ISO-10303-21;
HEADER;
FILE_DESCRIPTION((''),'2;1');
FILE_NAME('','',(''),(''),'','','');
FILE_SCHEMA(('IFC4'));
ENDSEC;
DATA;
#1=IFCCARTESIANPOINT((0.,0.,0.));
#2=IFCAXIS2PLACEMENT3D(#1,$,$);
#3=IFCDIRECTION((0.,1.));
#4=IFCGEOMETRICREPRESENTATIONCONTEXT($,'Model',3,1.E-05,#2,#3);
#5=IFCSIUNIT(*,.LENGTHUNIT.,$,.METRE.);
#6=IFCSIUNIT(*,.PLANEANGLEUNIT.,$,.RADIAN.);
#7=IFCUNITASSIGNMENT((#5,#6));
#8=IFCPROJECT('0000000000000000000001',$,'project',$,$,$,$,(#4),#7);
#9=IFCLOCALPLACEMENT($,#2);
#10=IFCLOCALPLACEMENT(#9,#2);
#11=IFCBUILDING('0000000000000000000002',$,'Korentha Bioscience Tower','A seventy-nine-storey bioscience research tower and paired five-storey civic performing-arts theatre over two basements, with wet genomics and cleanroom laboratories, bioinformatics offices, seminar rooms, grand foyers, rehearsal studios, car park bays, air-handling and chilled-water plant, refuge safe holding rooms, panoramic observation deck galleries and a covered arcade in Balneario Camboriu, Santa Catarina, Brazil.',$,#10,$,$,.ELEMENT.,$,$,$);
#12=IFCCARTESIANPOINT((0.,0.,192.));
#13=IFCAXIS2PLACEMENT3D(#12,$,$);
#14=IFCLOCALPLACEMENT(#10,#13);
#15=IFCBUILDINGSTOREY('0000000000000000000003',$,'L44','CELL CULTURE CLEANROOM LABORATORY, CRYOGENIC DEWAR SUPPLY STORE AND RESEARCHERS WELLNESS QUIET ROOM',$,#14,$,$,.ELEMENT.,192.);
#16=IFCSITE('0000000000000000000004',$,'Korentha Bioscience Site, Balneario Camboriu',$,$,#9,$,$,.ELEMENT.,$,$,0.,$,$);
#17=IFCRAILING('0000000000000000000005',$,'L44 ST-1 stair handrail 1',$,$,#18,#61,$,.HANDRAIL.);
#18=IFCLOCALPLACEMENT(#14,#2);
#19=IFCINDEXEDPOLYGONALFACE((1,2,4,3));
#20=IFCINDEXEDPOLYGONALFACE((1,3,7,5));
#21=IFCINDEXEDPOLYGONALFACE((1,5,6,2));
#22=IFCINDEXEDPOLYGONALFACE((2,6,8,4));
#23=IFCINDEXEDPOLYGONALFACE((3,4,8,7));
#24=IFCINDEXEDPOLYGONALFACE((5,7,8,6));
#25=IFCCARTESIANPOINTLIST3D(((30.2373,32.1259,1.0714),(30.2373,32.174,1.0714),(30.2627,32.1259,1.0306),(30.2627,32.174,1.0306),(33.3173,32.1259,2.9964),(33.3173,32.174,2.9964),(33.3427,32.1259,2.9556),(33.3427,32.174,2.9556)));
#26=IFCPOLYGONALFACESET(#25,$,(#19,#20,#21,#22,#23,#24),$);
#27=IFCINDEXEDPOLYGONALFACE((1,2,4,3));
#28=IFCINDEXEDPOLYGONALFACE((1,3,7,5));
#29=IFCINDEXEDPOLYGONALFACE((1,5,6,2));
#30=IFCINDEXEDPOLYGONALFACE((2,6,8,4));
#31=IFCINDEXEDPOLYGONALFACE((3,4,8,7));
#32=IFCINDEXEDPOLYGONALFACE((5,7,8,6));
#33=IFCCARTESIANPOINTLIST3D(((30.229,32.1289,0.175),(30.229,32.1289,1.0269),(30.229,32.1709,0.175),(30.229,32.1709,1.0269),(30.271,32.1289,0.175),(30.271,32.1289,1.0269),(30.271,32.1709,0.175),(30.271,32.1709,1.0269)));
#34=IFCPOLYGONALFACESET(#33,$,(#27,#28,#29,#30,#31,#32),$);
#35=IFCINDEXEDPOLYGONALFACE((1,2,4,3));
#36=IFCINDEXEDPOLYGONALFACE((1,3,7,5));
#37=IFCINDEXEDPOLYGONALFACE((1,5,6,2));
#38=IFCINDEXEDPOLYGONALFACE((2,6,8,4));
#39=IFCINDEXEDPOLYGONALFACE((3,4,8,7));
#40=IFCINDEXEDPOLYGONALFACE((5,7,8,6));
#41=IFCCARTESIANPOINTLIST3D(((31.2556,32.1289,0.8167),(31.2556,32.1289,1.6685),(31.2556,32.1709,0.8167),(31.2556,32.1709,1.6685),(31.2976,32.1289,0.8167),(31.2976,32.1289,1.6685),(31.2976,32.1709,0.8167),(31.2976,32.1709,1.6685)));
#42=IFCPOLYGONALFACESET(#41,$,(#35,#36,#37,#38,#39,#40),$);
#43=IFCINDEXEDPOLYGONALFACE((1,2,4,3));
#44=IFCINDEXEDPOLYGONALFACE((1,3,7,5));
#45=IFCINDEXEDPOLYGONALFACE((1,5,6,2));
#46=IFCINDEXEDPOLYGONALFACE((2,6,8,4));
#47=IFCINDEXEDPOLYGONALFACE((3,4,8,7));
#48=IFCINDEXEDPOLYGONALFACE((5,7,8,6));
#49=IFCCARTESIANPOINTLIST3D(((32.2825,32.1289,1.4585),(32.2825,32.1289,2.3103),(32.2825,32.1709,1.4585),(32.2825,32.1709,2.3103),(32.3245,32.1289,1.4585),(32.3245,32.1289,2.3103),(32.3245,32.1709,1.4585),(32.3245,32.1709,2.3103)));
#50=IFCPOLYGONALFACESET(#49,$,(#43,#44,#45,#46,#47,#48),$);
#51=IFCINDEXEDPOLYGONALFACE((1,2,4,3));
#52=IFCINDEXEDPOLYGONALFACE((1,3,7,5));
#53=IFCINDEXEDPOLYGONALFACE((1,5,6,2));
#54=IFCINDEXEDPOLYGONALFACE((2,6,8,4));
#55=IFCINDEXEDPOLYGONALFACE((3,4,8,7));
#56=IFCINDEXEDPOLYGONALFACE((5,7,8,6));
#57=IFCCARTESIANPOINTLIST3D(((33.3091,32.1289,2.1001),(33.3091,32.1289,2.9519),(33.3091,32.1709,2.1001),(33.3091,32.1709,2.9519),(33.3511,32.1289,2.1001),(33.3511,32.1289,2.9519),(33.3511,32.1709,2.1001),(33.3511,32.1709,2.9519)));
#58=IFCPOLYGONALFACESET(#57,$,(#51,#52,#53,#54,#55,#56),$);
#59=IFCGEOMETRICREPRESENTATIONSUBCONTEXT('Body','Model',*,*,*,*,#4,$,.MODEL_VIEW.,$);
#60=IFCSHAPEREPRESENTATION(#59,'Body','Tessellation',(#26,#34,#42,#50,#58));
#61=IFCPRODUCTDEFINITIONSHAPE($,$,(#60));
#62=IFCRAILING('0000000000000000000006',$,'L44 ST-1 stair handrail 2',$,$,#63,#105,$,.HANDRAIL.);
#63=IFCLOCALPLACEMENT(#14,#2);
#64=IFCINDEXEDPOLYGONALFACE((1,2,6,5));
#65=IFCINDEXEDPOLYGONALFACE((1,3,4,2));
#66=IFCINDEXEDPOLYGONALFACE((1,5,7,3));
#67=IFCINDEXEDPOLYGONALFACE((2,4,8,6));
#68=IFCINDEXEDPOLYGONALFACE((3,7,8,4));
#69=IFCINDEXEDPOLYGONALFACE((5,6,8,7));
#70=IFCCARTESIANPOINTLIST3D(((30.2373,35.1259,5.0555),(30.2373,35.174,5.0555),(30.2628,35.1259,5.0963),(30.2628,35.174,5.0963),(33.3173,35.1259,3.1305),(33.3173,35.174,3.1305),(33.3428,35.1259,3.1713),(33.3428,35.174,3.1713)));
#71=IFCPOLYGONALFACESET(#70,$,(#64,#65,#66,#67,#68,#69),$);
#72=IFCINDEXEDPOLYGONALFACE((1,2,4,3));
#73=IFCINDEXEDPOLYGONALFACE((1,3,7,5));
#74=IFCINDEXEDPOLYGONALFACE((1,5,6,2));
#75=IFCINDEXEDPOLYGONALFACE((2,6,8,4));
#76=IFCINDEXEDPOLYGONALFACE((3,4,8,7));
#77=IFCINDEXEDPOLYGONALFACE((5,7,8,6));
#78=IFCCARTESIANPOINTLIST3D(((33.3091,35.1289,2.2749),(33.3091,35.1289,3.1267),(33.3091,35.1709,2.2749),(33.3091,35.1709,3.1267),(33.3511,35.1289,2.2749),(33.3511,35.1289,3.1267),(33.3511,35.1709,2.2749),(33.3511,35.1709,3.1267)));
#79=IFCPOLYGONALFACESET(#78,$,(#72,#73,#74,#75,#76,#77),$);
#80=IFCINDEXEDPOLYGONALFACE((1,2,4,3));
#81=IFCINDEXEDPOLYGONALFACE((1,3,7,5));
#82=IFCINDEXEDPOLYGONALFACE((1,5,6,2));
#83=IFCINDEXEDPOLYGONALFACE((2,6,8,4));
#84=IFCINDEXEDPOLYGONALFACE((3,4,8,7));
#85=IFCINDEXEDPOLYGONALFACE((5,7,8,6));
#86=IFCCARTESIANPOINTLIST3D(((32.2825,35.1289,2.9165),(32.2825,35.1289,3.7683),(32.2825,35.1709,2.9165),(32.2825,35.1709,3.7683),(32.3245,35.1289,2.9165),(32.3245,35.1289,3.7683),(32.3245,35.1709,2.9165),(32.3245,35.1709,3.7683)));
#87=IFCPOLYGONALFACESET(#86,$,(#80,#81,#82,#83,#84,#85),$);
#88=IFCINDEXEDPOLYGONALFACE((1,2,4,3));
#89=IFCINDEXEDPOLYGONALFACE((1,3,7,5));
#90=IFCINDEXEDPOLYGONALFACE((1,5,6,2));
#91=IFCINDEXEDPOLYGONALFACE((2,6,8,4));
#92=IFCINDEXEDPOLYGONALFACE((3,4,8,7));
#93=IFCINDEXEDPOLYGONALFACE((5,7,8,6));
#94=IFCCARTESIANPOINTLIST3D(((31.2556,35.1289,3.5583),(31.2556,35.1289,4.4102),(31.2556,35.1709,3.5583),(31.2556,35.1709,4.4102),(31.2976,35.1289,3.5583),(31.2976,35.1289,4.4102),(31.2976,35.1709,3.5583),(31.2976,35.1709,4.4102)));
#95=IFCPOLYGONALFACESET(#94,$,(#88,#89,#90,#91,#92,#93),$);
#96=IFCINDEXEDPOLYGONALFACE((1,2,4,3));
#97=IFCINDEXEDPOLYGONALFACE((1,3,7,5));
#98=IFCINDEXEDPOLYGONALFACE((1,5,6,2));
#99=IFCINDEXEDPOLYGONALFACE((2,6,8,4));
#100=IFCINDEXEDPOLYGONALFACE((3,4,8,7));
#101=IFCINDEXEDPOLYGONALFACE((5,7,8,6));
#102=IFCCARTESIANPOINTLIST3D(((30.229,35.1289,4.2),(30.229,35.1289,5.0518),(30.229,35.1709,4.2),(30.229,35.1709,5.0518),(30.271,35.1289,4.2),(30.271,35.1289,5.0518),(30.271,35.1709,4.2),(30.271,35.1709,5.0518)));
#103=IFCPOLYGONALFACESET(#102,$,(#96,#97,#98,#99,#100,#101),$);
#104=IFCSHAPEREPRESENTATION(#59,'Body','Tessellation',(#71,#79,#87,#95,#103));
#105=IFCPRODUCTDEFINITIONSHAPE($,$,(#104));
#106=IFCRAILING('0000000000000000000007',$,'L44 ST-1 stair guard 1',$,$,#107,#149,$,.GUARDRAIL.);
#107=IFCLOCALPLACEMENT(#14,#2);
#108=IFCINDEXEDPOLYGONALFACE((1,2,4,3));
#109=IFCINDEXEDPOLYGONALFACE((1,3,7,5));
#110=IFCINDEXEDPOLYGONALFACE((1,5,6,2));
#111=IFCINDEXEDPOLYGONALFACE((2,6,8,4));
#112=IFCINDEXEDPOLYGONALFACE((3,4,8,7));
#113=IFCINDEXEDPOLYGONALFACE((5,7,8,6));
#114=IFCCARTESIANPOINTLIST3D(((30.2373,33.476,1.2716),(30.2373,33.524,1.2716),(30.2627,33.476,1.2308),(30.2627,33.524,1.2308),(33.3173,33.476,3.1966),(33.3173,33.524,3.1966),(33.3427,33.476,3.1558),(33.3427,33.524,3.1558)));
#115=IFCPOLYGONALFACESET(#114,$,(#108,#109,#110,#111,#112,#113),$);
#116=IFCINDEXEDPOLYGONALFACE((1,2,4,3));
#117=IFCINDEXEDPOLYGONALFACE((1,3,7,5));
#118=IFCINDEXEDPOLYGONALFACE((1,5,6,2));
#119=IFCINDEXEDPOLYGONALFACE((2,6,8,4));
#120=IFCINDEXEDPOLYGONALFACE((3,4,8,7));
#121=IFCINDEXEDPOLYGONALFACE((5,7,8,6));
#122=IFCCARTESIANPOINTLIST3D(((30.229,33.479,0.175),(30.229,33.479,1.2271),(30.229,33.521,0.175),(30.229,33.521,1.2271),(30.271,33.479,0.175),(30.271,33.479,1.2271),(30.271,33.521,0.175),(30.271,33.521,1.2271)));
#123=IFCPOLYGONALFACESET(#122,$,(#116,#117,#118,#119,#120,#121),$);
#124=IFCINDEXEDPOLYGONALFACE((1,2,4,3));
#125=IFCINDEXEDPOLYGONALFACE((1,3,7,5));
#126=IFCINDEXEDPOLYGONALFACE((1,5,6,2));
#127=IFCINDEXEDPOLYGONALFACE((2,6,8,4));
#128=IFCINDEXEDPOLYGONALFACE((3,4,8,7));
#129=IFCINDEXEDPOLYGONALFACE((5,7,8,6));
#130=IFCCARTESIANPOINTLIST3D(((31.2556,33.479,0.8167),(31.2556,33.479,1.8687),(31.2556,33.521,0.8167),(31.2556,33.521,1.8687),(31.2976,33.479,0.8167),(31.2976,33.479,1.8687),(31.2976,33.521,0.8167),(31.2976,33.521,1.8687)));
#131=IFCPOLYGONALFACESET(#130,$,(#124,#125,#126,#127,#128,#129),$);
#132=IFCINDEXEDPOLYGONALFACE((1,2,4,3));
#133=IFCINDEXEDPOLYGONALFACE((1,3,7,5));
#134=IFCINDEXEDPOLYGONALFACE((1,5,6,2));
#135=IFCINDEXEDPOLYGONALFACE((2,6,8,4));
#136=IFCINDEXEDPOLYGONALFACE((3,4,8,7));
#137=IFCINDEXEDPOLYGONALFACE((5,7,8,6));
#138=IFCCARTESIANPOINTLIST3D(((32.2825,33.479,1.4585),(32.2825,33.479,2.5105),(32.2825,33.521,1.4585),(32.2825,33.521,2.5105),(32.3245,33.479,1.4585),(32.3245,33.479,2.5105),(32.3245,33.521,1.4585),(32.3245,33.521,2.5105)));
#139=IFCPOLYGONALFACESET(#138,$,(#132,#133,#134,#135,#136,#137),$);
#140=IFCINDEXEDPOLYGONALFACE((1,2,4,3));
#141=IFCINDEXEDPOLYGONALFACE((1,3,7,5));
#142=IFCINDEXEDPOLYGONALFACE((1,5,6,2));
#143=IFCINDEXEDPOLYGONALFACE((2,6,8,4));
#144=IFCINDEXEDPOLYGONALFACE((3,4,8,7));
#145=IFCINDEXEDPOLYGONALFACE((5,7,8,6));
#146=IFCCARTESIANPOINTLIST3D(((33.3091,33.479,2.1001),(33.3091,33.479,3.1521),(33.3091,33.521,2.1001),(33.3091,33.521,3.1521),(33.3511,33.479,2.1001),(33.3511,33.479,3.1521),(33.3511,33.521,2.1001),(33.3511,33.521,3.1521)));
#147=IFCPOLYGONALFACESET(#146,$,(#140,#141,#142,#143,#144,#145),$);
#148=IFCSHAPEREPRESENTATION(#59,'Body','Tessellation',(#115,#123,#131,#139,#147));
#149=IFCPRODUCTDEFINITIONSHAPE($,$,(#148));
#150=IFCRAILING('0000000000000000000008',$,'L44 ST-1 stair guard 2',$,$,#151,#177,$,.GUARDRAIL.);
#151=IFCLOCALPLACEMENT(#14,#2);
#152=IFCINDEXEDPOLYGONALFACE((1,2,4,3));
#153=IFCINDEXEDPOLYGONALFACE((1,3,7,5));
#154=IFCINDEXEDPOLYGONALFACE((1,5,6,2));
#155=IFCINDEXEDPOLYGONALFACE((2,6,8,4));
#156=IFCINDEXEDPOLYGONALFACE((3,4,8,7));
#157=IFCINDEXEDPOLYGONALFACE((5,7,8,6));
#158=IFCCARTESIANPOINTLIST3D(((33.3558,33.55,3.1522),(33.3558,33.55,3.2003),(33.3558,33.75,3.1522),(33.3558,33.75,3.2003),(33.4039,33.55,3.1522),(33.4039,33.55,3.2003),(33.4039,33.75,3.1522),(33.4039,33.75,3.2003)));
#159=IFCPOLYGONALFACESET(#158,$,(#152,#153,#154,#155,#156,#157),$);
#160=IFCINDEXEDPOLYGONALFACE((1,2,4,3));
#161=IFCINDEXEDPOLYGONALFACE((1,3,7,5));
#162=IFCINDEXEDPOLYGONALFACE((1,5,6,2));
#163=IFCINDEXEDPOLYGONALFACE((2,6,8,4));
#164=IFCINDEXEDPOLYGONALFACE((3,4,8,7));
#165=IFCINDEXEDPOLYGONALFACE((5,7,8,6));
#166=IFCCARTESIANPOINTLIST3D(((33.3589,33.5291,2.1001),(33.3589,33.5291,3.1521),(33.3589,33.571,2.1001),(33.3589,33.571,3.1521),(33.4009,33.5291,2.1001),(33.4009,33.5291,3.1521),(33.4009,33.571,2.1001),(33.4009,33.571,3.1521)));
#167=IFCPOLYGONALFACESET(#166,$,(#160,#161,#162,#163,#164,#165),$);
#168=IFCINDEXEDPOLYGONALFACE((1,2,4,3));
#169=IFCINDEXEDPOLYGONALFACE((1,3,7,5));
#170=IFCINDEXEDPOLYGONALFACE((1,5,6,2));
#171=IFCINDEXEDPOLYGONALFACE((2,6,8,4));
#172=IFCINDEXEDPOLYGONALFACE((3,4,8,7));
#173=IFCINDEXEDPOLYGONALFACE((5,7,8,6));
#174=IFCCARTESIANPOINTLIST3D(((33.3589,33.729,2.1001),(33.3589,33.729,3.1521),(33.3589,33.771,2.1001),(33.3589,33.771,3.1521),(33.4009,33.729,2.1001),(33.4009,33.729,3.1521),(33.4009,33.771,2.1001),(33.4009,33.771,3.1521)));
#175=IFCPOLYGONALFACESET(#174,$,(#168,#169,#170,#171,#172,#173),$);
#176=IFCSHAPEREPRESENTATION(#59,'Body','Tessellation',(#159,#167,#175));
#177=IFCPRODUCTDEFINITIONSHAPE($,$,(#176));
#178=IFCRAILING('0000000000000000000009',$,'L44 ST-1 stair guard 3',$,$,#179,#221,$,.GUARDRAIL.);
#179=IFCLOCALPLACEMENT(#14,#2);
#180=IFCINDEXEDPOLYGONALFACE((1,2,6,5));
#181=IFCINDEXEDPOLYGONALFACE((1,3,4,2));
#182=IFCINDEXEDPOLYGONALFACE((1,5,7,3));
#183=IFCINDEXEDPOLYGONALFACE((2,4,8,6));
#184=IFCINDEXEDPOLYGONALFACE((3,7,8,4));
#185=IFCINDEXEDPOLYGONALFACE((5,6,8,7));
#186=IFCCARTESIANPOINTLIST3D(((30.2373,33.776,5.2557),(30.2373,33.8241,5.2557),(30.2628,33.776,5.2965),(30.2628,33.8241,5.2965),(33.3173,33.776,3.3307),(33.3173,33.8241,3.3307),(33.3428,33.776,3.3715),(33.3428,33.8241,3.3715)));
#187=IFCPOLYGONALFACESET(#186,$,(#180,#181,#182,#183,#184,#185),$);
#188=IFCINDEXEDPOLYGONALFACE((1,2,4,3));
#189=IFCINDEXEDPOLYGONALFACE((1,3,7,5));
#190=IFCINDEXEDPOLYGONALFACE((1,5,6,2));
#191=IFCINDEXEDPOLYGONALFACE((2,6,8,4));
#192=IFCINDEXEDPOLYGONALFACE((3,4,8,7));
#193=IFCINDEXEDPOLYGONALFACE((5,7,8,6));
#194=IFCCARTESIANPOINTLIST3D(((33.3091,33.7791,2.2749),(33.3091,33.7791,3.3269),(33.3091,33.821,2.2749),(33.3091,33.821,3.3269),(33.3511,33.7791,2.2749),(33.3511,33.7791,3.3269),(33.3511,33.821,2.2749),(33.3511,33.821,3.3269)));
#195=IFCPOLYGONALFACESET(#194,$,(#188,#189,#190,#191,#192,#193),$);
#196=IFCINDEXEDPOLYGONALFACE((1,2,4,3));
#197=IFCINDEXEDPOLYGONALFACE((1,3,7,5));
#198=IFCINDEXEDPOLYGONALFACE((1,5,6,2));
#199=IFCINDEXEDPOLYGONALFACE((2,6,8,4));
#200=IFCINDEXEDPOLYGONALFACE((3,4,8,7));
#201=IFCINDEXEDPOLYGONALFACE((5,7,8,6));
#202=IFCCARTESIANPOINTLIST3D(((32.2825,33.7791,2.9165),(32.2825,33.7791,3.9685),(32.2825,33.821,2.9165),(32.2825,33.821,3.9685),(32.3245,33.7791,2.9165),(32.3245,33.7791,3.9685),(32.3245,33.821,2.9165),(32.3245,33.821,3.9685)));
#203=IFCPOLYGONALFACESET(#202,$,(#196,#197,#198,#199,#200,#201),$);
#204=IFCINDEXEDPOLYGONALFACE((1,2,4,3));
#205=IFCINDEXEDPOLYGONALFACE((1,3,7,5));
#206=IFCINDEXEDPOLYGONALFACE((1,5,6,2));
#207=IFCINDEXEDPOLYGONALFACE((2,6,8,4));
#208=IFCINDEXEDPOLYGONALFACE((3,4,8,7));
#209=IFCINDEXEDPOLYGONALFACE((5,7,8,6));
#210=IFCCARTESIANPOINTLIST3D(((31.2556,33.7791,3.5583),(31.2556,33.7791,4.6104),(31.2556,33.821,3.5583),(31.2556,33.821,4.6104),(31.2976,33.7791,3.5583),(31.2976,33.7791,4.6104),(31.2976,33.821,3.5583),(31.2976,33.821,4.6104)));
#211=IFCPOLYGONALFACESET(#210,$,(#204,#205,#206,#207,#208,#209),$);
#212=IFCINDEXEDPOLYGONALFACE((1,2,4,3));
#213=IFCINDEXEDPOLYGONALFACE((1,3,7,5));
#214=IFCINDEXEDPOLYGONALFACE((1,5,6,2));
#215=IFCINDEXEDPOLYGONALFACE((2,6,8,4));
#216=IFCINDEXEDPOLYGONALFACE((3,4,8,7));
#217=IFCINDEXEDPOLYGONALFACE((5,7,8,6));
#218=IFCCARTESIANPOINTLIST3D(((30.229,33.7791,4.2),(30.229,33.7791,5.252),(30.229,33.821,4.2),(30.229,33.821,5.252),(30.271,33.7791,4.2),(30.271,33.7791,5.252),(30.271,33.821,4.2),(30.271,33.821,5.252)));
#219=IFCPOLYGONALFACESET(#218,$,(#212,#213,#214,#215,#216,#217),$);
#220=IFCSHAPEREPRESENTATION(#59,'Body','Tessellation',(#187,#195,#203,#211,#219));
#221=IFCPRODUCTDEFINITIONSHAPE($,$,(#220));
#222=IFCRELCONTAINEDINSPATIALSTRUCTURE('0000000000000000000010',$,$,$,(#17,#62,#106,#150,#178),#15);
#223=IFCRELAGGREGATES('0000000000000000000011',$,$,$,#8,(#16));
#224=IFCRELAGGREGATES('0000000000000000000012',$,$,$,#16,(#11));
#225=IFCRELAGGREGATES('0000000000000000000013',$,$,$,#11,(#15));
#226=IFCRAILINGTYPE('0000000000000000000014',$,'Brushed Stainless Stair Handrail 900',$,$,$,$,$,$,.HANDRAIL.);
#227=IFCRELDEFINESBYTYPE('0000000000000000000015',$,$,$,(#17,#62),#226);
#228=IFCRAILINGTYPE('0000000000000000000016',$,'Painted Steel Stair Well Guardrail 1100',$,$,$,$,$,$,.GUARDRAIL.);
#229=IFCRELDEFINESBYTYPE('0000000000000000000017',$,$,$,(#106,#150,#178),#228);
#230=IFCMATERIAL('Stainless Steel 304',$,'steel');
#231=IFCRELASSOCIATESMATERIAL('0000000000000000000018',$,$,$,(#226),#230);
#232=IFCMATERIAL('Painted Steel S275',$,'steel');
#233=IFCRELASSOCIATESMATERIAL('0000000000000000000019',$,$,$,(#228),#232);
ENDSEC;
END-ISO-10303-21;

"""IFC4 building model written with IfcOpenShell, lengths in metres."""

from ifc_helpers import new_model, si_unit, direction, frame, origin, origin_2d, place, context, subcontext, project, spatial, rectangle, extrude, material, type_object, element, save


model = new_model("IFC4")

# Units and contexts
model_context = context("Model", 3, precision=1e-05, world=origin(), true_north=direction((0.0, 1.0)))
body_context = subcontext(model_context, "Body", "Model", "MODEL_VIEW")
ifc_project = project(units=[si_unit("LENGTHUNIT", "METRE"), si_unit("PLANEANGLEUNIT", "RADIAN")], contexts=[model_context])

# Site, building, storey
site_placement = place(None, origin())
site = spatial("IfcSite", under=ifc_project, at=site_placement, Name="Korentha Bioscience Site, Balneario Camboriu", CompositionType="ELEMENT", RefElevation=0.0)
building_placement = place(site_placement, origin())
building = spatial("IfcBuilding", under=site, at=building_placement, Name="Korentha Bioscience Tower", Description="A seventy-nine-storey bioscience research tower and paired five-storey civic performing-arts theatre over two basements, with wet genomics and cleanroom laboratories, bioinformatics offices, seminar rooms, grand foyers, rehearsal studios, car park bays, air-handling and chilled-water plant, refuge safe holding rooms, panoramic observation deck galleries and a covered arcade in Balneario Camboriu, Santa Catarina, Brazil.", CompositionType="ELEMENT")
storey_placement = place(building_placement, frame((0.0, 0.0, 192.0)))
storey = spatial("IfcBuildingStorey", under=building, at=storey_placement, Name="L44", Description="CELL CULTURE CLEANROOM LABORATORY, CRYOGENIC DEWAR SUPPLY STORE AND RESEARCHERS WELLNESS QUIET ROOM", CompositionType="ELEMENT", Elevation=192.0)

# Railings
ifc_material_1 = material(Name="Stainless Steel 304", Category="steel")
railing_type_1 = type_object("IfcRailingType", Name="Brushed Stainless Stair Handrail 900", PredefinedType="HANDRAIL", material=ifc_material_1)
railing_1_placement = place(storey_placement, frame((30.25, 32.1499, 0.175)))
element("IfcRailing", 1, at=railing_1_placement, inside=storey, type_object=railing_type_1, Name="L44 ST-1 stair handrail 1", PredefinedType="HANDRAIL", context=body_context, shape_type="SweptSolid", body=[
    extrude(rectangle(XDim=0.0481, YDim=0.0481, at=origin_2d()), frame((0.0, 0.0, 0.876), z_axis=(0.847998, 0.0, 0.529999), x_axis=(0.0, 1.0, 0.0)), (0.0, 0.0, 1.0), 3.6321),
    extrude(rectangle(XDim=0.042, YDim=0.042, at=origin_2d()), origin(), (0.0, 0.0, 1.0), 0.8518),
    extrude(rectangle(XDim=0.042, YDim=0.042, at=origin_2d()), frame((1.0266, 0.0, 0.6416)), (0.0, 0.0, 1.0), 0.8518),
    extrude(rectangle(XDim=0.042, YDim=0.042, at=origin_2d()), frame((2.0535, 0.0, 1.2834)), (0.0, 0.0, 1.0), 0.8518),
    extrude(rectangle(XDim=0.042, YDim=0.042, at=origin_2d()), frame((3.0801, 0.0, 1.925)), (0.0, 0.0, 1.0), 0.8518),
])
railing_2_placement = place(storey_placement, frame((33.3301, 35.1499, 2.2749)))
element("IfcRailing", 2, at=railing_2_placement, inside=storey, type_object=railing_type_1, Name="L44 ST-1 stair handrail 2", PredefinedType="HANDRAIL", context=body_context, shape_type="SweptSolid", body=[
    extrude(rectangle(XDim=0.0481, YDim=0.0481, at=origin_2d()), frame((0.0, 0.0, 0.876), z_axis=(-0.847998, 0.0, 0.529999), x_axis=(0.0, -1.0, 0.0)), (0.0, 0.0, 1.0), 3.6321),
    extrude(rectangle(XDim=0.042, YDim=0.042, at=origin_2d()), origin(), (0.0, 0.0, 1.0), 0.8518),
    extrude(rectangle(XDim=0.042, YDim=0.042, at=origin_2d()), frame((-1.0266, 0.0, 0.6416)), (0.0, 0.0, 1.0), 0.8518),
    extrude(rectangle(XDim=0.042, YDim=0.042, at=origin_2d()), frame((-2.0535, 0.0, 1.2834)), (0.0, 0.0, 1.0), 0.8518),
    extrude(rectangle(XDim=0.042, YDim=0.042, at=origin_2d()), frame((-3.0801, 0.0, 1.925)), (0.0, 0.0, 1.0), 0.8518),
])
ifc_material_2 = material(Name="Painted Steel S275", Category="steel")
railing_type_2 = type_object("IfcRailingType", Name="Painted Steel Stair Well Guardrail 1100", PredefinedType="GUARDRAIL", material=ifc_material_2)
railing_3_placement = place(storey_placement, frame((30.25, 33.5, 0.175)))
element("IfcRailing", 3, at=railing_3_placement, inside=storey, type_object=railing_type_2, Name="L44 ST-1 stair guard 1", PredefinedType="GUARDRAIL", context=body_context, shape_type="SweptSolid", body=[
    extrude(rectangle(XDim=0.0481, YDim=0.0481, at=origin_2d()), frame((0.0, 0.0, 1.0762), z_axis=(0.847998, 0.0, 0.529999), x_axis=(0.0, 1.0, 0.0)), (0.0, 0.0, 1.0), 3.6321),
    extrude(rectangle(XDim=0.042, YDim=0.042, at=origin_2d()), origin(), (0.0, 0.0, 1.0), 1.052),
    extrude(rectangle(XDim=0.042, YDim=0.042, at=origin_2d()), frame((1.0266, 0.0, 0.6416)), (0.0, 0.0, 1.0), 1.052),
    extrude(rectangle(XDim=0.042, YDim=0.042, at=origin_2d()), frame((2.0535, 0.0, 1.2834)), (0.0, 0.0, 1.0), 1.052),
    extrude(rectangle(XDim=0.042, YDim=0.042, at=origin_2d()), frame((3.0801, 0.0, 1.925)), (0.0, 0.0, 1.0), 1.052),
])
railing_4_placement = place(storey_placement, frame((33.3799, 33.55, 2.1001)))
element("IfcRailing", 4, at=railing_4_placement, inside=storey, type_object=railing_type_2, Name="L44 ST-1 stair guard 2", PredefinedType="GUARDRAIL", context=body_context, shape_type="SweptSolid", body=[
    extrude(rectangle(XDim=0.0481, YDim=0.0481, at=origin_2d()), frame((0.0, 0.0, 1.0762), z_axis=(0.0, 1.0, 0.0), x_axis=(-1.0, 0.0, 0.0)), (0.0, 0.0, 1.0), 0.2),
    extrude(rectangle(XDim=0.042, YDim=0.042, at=origin_2d()), origin(), (0.0, 0.0, 1.0), 1.052),
    extrude(rectangle(XDim=0.042, YDim=0.042, at=origin_2d()), frame((0.0, 0.2, 0.0)), (0.0, 0.0, 1.0), 1.052),
])
railing_5_placement = place(storey_placement, frame((33.3301, 33.8, 2.2749)))
element("IfcRailing", 5, at=railing_5_placement, inside=storey, type_object=railing_type_2, Name="L44 ST-1 stair guard 3", PredefinedType="GUARDRAIL", context=body_context, shape_type="SweptSolid", body=[
    extrude(rectangle(XDim=0.0481, YDim=0.0481, at=origin_2d()), frame((0.0, 0.0, 1.0762), z_axis=(-0.847998, 0.0, 0.529999), x_axis=(0.0, -1.0, 0.0)), (0.0, 0.0, 1.0), 3.6321),
    extrude(rectangle(XDim=0.042, YDim=0.042, at=origin_2d()), origin(), (0.0, 0.0, 1.0), 1.052),
    extrude(rectangle(XDim=0.042, YDim=0.042, at=origin_2d()), frame((-1.0266, 0.0, 0.6416)), (0.0, 0.0, 1.0), 1.052),
    extrude(rectangle(XDim=0.042, YDim=0.042, at=origin_2d()), frame((-2.0535, 0.0, 1.2834)), (0.0, 0.0, 1.0), 1.052),
    extrude(rectangle(XDim=0.042, YDim=0.042, at=origin_2d()), frame((-3.0801, 0.0, 1.925)), (0.0, 0.0, 1.0), 1.052),
])

save(model, "model.ifc")
